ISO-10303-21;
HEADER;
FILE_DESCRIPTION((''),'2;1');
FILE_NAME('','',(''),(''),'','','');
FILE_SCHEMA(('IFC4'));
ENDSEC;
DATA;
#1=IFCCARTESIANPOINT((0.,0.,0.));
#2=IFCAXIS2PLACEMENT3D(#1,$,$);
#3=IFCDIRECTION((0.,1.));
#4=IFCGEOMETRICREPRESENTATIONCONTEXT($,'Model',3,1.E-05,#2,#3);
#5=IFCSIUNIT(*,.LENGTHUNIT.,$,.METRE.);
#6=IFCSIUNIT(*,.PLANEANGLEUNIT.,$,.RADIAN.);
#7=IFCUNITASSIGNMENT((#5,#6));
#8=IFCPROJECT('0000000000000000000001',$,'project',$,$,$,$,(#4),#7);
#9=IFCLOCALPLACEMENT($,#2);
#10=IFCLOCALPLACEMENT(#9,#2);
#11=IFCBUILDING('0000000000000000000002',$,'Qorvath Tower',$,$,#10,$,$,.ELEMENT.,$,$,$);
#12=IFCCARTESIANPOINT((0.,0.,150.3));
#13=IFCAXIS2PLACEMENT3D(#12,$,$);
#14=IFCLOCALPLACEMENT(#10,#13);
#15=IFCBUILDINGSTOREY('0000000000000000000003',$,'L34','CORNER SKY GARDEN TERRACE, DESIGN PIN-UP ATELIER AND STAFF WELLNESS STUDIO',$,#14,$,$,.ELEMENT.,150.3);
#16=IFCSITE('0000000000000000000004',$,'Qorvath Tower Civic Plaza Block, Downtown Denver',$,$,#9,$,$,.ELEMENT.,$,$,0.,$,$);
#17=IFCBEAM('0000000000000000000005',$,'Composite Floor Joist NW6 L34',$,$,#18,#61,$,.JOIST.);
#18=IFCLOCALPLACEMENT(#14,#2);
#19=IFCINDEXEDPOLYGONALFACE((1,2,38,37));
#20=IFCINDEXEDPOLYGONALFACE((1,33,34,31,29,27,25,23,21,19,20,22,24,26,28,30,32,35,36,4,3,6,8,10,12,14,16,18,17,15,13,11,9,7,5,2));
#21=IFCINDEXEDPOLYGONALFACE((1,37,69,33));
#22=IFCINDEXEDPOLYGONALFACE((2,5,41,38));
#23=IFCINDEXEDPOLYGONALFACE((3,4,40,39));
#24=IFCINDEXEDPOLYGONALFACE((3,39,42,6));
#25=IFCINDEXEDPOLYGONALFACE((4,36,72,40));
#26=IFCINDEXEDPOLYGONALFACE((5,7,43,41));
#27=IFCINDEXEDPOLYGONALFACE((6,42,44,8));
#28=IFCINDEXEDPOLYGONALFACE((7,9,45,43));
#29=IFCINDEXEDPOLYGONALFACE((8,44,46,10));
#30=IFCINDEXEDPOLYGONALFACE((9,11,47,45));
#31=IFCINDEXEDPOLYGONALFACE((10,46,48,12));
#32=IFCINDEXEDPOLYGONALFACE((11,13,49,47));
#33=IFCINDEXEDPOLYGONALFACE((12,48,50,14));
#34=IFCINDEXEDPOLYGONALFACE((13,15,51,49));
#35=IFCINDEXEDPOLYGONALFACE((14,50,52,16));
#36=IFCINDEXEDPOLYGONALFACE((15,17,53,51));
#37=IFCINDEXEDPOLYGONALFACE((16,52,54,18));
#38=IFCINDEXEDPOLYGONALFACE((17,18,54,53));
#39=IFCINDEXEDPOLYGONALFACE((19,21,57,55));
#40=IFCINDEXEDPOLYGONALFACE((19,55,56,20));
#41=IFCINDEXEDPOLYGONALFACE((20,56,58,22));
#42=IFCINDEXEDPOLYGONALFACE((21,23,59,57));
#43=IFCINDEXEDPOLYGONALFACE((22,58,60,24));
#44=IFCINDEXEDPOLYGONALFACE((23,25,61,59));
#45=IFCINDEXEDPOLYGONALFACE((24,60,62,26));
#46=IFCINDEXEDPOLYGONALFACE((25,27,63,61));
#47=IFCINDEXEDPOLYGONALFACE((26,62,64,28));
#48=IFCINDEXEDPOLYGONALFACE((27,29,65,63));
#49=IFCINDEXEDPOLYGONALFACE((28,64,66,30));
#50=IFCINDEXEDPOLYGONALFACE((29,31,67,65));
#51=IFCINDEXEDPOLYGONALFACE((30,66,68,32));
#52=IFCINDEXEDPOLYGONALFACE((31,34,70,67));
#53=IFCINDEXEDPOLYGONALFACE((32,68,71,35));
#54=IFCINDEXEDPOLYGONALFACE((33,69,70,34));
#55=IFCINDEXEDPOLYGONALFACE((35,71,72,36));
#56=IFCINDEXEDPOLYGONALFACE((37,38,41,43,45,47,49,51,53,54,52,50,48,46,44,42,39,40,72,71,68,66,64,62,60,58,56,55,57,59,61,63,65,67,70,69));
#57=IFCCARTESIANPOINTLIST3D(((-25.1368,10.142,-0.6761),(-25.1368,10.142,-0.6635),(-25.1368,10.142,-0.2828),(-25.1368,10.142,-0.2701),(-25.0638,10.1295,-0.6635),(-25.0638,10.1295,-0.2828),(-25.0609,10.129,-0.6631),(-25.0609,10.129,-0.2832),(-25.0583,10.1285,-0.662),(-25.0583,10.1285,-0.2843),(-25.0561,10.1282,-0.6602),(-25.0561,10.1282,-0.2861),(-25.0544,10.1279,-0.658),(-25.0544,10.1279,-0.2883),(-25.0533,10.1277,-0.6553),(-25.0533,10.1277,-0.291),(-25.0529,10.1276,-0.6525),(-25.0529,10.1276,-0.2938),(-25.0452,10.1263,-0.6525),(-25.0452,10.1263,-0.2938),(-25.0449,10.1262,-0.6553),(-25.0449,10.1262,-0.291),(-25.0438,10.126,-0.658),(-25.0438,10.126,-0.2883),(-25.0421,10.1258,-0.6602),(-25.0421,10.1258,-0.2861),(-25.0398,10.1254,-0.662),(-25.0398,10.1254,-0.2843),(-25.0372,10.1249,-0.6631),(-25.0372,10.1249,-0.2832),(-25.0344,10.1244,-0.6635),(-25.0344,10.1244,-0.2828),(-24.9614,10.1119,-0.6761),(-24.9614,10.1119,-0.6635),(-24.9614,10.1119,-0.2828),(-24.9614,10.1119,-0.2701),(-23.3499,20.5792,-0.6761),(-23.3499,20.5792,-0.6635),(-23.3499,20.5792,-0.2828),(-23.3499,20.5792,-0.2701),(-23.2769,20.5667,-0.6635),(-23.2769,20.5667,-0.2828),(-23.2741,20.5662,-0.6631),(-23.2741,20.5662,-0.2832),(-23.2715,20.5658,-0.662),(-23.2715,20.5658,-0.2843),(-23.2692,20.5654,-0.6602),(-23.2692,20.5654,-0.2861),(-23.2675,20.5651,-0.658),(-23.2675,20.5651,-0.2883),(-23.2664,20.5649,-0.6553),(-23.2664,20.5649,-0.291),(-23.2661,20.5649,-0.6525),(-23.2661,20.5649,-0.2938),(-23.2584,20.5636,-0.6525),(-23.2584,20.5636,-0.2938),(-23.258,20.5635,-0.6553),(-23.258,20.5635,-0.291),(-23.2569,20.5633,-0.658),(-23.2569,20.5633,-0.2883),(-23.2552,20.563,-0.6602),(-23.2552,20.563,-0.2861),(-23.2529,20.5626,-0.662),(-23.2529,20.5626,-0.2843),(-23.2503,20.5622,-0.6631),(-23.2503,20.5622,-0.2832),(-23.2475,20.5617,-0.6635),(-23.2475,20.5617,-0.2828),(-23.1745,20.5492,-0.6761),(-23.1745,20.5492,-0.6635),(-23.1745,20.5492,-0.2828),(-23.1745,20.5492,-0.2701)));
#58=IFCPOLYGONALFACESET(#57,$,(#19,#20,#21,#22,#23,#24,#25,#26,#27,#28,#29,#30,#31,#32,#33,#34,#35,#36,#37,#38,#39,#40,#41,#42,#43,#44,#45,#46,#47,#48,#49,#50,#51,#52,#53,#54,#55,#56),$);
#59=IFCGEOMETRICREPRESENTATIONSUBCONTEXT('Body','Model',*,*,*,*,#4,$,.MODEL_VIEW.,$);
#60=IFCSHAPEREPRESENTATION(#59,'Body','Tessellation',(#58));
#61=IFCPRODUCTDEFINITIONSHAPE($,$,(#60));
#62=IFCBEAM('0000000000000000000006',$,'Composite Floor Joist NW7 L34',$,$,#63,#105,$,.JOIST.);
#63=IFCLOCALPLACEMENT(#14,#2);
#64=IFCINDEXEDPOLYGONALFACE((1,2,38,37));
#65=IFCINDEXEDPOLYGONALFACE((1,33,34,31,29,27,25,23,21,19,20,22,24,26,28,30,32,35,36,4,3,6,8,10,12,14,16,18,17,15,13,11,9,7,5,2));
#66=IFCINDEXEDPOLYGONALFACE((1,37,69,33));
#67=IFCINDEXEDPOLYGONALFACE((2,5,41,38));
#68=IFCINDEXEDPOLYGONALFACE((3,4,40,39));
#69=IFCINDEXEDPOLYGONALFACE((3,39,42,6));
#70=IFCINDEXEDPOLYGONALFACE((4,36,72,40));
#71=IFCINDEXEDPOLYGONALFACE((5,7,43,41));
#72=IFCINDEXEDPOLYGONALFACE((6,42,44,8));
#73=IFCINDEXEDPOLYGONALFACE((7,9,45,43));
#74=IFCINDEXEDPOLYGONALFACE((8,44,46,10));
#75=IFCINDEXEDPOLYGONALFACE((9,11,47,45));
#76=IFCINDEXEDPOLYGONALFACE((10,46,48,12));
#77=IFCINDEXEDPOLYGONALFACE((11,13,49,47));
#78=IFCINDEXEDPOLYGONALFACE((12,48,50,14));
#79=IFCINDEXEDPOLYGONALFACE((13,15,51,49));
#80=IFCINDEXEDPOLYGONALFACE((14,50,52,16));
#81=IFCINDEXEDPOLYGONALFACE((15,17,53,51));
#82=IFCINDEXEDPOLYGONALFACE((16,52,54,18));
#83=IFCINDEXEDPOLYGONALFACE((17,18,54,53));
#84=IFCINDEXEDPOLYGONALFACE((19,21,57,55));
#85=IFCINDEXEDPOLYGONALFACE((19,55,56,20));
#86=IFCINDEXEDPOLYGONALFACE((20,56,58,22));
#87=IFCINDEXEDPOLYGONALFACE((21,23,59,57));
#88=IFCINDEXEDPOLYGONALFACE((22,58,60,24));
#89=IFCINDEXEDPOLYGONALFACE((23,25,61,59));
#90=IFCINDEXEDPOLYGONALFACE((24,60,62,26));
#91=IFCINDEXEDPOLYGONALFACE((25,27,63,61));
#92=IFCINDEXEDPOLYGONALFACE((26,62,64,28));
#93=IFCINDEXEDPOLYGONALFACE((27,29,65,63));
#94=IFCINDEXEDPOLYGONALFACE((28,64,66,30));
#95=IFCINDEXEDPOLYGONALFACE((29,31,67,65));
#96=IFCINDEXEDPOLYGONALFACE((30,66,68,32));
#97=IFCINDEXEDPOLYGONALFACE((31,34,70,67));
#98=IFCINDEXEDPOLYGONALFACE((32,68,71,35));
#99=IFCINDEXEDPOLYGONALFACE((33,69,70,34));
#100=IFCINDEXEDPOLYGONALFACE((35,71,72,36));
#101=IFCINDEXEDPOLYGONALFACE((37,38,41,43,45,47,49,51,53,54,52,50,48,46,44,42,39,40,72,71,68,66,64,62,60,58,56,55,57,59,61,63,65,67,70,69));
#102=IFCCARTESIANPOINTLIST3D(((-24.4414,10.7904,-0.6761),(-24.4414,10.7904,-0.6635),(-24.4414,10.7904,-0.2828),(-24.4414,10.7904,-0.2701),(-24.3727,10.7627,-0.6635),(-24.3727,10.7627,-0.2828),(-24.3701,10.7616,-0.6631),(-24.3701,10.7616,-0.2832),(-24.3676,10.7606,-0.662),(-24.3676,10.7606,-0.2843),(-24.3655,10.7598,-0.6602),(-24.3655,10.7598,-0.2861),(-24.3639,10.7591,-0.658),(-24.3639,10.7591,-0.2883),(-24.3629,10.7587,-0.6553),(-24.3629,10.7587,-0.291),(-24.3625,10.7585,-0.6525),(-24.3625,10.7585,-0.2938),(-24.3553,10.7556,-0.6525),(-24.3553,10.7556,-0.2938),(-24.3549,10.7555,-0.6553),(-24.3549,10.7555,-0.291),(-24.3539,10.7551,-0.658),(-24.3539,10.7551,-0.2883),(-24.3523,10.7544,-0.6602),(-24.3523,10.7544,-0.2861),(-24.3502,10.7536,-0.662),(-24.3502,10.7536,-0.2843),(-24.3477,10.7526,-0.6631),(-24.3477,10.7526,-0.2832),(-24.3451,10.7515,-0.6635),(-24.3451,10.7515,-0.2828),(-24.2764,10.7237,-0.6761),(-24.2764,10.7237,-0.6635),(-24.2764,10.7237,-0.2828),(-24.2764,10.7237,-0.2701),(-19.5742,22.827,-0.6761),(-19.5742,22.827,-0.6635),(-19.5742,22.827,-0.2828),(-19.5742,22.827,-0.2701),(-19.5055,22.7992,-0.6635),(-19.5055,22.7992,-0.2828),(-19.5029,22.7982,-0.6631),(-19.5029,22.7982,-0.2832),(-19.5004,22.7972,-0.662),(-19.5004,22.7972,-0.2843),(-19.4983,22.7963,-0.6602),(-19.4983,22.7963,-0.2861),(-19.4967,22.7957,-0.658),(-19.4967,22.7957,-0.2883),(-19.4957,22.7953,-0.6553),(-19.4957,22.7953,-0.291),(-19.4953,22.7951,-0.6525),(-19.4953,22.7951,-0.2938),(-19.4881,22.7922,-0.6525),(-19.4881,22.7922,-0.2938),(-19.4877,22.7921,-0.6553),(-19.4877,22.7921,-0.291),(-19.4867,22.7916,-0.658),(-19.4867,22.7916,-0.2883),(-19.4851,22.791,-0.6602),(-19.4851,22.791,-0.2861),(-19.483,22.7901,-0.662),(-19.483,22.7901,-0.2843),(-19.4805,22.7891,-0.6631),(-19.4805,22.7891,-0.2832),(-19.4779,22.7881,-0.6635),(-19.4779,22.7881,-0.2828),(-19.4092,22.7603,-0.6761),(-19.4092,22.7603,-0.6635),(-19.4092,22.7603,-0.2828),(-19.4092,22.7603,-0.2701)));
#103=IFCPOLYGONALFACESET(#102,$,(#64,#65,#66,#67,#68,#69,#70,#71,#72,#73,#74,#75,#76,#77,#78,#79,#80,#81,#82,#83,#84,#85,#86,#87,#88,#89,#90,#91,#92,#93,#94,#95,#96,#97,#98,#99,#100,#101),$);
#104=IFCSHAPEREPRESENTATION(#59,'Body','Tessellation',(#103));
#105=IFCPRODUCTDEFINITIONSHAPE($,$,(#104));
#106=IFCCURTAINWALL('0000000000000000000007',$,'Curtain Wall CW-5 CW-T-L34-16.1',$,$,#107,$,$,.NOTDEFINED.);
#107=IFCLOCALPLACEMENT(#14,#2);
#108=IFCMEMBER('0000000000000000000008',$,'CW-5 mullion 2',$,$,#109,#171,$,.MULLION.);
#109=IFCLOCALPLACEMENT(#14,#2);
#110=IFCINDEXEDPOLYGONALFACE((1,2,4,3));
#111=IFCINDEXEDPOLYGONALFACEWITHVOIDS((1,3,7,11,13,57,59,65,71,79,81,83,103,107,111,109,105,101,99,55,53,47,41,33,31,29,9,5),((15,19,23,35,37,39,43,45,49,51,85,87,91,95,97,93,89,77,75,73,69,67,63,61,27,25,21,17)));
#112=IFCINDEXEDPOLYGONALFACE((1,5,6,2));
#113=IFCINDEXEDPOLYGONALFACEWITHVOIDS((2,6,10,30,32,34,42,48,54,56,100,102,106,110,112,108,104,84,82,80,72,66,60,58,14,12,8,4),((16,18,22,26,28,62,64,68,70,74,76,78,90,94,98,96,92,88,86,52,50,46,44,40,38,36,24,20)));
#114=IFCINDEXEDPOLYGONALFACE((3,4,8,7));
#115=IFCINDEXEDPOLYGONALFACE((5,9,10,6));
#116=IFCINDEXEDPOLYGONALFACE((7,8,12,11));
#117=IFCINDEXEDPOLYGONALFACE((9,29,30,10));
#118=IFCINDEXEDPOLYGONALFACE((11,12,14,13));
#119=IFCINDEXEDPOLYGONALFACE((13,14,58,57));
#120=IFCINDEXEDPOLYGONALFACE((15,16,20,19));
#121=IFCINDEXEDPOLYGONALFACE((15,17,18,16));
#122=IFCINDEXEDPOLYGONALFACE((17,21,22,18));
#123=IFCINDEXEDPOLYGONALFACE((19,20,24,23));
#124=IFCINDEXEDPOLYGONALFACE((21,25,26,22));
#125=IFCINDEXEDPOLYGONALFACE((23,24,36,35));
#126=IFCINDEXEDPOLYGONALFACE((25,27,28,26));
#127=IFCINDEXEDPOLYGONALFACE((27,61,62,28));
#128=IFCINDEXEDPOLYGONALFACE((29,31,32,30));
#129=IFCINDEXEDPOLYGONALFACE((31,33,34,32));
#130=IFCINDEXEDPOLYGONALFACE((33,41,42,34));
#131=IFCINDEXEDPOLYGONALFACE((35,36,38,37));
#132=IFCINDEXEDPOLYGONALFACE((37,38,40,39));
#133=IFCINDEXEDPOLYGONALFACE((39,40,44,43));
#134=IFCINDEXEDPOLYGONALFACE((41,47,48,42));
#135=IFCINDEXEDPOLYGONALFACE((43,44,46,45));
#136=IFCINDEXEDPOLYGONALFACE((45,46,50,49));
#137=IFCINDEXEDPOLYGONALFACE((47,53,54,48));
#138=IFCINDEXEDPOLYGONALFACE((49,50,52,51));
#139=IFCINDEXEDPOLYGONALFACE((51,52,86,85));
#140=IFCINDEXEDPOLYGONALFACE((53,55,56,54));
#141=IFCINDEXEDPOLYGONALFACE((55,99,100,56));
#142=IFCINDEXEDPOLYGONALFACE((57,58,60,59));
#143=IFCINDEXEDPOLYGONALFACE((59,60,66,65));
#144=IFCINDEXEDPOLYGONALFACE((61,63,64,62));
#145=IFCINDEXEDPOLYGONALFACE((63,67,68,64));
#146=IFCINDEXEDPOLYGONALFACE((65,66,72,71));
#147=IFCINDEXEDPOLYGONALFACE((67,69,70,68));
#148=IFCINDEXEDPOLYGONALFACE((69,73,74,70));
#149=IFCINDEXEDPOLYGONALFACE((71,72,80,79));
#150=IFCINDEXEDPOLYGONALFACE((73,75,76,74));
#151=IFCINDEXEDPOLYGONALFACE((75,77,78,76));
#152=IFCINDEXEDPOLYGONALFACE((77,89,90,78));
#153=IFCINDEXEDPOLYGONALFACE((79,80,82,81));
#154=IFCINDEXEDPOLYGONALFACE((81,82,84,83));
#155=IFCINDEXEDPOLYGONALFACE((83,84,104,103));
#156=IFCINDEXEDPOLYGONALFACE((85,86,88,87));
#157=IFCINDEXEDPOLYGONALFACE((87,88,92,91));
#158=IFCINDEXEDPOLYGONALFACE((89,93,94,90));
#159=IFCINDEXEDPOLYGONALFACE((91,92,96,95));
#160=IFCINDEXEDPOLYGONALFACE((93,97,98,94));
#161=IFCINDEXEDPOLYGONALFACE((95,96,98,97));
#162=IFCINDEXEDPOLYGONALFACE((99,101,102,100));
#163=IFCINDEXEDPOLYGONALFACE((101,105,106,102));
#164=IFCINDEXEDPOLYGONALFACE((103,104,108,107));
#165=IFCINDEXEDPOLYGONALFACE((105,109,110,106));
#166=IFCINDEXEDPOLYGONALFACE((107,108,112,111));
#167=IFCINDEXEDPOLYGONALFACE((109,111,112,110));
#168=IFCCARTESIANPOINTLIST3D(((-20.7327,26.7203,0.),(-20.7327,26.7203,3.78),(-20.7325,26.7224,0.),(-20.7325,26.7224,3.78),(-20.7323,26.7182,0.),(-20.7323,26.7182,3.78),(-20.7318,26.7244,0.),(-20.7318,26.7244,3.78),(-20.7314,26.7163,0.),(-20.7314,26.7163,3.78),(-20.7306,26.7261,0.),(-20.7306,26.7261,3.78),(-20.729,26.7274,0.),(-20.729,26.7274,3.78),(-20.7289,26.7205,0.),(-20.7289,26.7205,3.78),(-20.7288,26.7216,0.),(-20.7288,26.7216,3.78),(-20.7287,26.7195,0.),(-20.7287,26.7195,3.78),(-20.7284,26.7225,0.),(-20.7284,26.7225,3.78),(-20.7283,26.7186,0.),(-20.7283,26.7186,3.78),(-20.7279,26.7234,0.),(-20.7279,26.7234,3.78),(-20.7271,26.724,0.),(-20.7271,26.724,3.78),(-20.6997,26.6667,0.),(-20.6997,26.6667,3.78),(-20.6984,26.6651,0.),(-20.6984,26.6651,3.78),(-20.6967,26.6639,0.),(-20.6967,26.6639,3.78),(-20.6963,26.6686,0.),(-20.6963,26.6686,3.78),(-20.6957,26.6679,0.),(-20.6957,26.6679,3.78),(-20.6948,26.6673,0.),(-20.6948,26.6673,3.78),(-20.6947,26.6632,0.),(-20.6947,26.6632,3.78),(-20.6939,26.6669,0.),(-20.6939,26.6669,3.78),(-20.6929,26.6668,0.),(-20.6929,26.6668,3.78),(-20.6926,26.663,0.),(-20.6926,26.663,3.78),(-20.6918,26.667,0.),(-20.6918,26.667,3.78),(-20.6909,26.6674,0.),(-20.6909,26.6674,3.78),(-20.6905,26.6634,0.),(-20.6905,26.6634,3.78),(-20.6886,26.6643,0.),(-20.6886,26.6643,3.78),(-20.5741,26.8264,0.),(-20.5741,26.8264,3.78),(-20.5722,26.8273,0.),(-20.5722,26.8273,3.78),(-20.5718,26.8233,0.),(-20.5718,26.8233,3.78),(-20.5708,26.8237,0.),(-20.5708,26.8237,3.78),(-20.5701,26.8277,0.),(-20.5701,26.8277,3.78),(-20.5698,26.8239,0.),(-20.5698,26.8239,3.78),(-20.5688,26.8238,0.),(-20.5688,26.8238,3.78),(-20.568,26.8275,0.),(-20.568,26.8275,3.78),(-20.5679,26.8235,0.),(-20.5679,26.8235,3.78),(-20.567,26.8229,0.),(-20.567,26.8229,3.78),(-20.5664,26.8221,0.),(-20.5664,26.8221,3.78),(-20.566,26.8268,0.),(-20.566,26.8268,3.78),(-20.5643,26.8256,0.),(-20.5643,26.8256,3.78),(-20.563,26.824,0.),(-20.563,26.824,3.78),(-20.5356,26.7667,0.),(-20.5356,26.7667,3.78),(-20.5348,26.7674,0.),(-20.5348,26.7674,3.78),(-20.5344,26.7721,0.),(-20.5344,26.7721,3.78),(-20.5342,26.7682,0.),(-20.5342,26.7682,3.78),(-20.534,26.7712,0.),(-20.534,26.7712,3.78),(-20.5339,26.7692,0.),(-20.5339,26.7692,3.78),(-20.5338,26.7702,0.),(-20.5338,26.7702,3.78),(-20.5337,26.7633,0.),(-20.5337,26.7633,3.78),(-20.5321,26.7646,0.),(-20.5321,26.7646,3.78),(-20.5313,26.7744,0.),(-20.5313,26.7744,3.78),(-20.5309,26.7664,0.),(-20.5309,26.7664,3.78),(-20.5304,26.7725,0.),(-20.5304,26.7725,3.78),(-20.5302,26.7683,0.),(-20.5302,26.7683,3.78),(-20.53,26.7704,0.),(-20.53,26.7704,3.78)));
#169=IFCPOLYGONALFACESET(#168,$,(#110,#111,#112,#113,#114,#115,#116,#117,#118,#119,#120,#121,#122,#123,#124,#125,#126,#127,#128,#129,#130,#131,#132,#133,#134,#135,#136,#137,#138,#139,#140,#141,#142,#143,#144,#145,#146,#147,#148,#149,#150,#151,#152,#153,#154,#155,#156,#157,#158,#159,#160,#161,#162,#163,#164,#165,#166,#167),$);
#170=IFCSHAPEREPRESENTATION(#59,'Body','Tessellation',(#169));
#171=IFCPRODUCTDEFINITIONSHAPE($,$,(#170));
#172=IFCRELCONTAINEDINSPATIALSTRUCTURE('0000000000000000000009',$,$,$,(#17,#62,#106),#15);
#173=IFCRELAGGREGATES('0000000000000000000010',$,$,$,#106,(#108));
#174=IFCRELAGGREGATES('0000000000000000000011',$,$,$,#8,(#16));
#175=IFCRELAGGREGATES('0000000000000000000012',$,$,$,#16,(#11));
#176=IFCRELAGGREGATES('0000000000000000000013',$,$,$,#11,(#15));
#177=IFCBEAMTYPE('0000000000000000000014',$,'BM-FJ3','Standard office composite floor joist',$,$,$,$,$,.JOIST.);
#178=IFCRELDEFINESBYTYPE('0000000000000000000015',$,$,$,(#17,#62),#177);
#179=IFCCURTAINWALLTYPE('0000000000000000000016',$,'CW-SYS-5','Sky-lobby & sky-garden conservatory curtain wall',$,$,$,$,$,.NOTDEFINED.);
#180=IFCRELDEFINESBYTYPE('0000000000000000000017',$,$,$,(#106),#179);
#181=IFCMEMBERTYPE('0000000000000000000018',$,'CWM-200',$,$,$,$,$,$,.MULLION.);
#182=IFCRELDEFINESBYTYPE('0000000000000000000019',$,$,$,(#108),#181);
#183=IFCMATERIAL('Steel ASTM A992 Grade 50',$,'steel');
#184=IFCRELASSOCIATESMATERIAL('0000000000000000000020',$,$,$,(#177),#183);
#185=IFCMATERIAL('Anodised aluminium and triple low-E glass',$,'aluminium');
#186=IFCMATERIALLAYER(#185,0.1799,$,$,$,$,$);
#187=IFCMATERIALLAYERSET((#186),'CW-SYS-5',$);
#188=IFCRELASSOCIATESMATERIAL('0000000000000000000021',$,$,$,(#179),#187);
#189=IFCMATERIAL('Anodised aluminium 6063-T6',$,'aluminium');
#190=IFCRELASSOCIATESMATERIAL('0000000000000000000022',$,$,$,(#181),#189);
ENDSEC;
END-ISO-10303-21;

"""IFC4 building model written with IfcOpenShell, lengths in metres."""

from ifc_helpers import new_model, si_unit, direction, frame, origin, origin_2d, place, context, subcontext, project, spatial, hollow_rectangle, i_section, extrude, material, layer, layer_set, material_profile, profile_set, type_object, element, aggregate, save


model = new_model("IFC4")

# Units and contexts
model_context = context("Model", 3, precision=1e-05, world=origin(), true_north=direction((0.0, 1.0)))
body_context = subcontext(model_context, "Body", "Model", "MODEL_VIEW")
ifc_project = project(units=[si_unit("LENGTHUNIT", "METRE"), si_unit("PLANEANGLEUNIT", "RADIAN")], contexts=[model_context])

# Site, building, storey
site_placement = place(None, origin())
site = spatial("IfcSite", under=ifc_project, at=site_placement, Name="Qorvath Tower Civic Plaza Block, Downtown Denver", CompositionType="ELEMENT", RefElevation=0.0)
building_placement = place(site_placement, origin())
building = spatial("IfcBuilding", under=site, at=building_placement, Name="Qorvath Tower", CompositionType="ELEMENT")
storey_placement = place(building_placement, frame((0.0, 0.0, 150.3)))
storey = spatial("IfcBuildingStorey", under=building, at=storey_placement, Name="L34", Description="CORNER SKY GARDEN TERRACE, DESIGN PIN-UP ATELIER AND STAFF WELLNESS STUDIO", CompositionType="ELEMENT", Elevation=150.3)

# Beams
ifc_material_1 = material(Name="Steel ASTM A992 Grade 50", Category="steel")
ifc_material_profile_1 = material_profile(ifc_material_1, i_section(OverallWidth=0.178, OverallDepth=0.406, WebThickness=0.0078, FlangeThickness=0.0127, FilletRadius=0.011, at=origin_2d()), Name="W16x40")
ifc_profile_set_1 = profile_set([ifc_material_profile_1], Name="Steel ASTM A992 Grade 50")
beam_type_1 = type_object("IfcBeamType", Name="BM-FJ3", Description="Standard office composite floor joist", PredefinedType="JOIST", material=ifc_profile_set_1)
beam_1_placement = place(storey_placement, frame((-25.0491, 10.127, -0.4731), z_axis=(0.168746, 0.98566, 0.0), x_axis=(-0.98566, 0.168746, 0.0)))
element("IfcBeam", 1, at=beam_1_placement, inside=storey, type_object=beam_type_1, Name="Composite Floor Joist NW6 L34", PredefinedType="JOIST", context=body_context, shape_type="SweptSolid", body=[
    extrude(i_section(OverallWidth=0.178, OverallDepth=0.406, WebThickness=0.0078, FlangeThickness=0.0127, FilletRadius=0.011, at=origin_2d()), origin(), (0.0, 0.0, 1.0), 10.5891),
])
beam_2_placement = place(storey_placement, frame((-24.3589, 10.7571, -0.4731), z_axis=(0.374877, 0.927075, 0.0), x_axis=(-0.927075, 0.374877, 0.0)))
element("IfcBeam", 2, at=beam_2_placement, inside=storey, type_object=beam_type_1, Name="Composite Floor Joist NW7 L34", PredefinedType="JOIST", context=body_context, shape_type="SweptSolid", body=[
    extrude(i_section(OverallWidth=0.178, OverallDepth=0.406, WebThickness=0.0078, FlangeThickness=0.0127, FilletRadius=0.011, at=origin_2d()), origin(), (0.0, 0.0, 1.0), 12.9834),
])

# Curtain wall, member
ifc_material_2 = material(Name="Anodised aluminium and triple low-E glass", Category="aluminium")
ifc_layer_1 = layer(ifc_material_2, 0.1799)
ifc_layer_set_1 = layer_set([ifc_layer_1], Name="CW-SYS-5")
curtain_wall_type = type_object("IfcCurtainWallType", Name="CW-SYS-5", Description="Sky-lobby & sky-garden conservatory curtain wall", PredefinedType="NOTDEFINED", material=ifc_layer_set_1)
curtain_wall_placement = place(storey_placement, origin())
curtain_wall = element("IfcCurtainWall", 3, at=curtain_wall_placement, inside=storey, type_object=curtain_wall_type, Name="Curtain Wall CW-5 CW-T-L34-16.1", PredefinedType="NOTDEFINED")
ifc_material_3 = material(Name="Anodised aluminium 6063-T6", Category="aluminium")
ifc_material_profile_2 = material_profile(ifc_material_3, hollow_rectangle(XDim=0.075, YDim=0.2, WallThickness=0.0039, InnerFilletRadius=0.0039, OuterFilletRadius=0.0081, at=origin_2d()), Name="CWM 200x75")
ifc_profile_set_2 = profile_set([ifc_material_profile_2], Name="Anodised aluminium 6063-T6")
member_type_1 = type_object("IfcMemberType", Name="CWM-200", PredefinedType="MULLION", material=ifc_profile_set_2)
member_1_placement = place(storey_placement, frame((-20.6313, 26.7454, 0.0), z_axis=(0.0, 0.0, 1.0), x_axis=(0.538535, -0.842603, 0.0)))
member_1 = element("IfcMember", 4, at=member_1_placement, type_object=member_type_1, Name="CW-5 mullion 2", PredefinedType="MULLION", context=body_context, shape_type="SweptSolid", body=[
    extrude(hollow_rectangle(XDim=0.075, YDim=0.2, WallThickness=0.0039, InnerFilletRadius=0.0039, OuterFilletRadius=0.0081, at=origin_2d()), origin(), (0.0, 0.0, 1.0), 3.78),
])
aggregate(curtain_wall, [member_1])

save(model, "model.ifc")
